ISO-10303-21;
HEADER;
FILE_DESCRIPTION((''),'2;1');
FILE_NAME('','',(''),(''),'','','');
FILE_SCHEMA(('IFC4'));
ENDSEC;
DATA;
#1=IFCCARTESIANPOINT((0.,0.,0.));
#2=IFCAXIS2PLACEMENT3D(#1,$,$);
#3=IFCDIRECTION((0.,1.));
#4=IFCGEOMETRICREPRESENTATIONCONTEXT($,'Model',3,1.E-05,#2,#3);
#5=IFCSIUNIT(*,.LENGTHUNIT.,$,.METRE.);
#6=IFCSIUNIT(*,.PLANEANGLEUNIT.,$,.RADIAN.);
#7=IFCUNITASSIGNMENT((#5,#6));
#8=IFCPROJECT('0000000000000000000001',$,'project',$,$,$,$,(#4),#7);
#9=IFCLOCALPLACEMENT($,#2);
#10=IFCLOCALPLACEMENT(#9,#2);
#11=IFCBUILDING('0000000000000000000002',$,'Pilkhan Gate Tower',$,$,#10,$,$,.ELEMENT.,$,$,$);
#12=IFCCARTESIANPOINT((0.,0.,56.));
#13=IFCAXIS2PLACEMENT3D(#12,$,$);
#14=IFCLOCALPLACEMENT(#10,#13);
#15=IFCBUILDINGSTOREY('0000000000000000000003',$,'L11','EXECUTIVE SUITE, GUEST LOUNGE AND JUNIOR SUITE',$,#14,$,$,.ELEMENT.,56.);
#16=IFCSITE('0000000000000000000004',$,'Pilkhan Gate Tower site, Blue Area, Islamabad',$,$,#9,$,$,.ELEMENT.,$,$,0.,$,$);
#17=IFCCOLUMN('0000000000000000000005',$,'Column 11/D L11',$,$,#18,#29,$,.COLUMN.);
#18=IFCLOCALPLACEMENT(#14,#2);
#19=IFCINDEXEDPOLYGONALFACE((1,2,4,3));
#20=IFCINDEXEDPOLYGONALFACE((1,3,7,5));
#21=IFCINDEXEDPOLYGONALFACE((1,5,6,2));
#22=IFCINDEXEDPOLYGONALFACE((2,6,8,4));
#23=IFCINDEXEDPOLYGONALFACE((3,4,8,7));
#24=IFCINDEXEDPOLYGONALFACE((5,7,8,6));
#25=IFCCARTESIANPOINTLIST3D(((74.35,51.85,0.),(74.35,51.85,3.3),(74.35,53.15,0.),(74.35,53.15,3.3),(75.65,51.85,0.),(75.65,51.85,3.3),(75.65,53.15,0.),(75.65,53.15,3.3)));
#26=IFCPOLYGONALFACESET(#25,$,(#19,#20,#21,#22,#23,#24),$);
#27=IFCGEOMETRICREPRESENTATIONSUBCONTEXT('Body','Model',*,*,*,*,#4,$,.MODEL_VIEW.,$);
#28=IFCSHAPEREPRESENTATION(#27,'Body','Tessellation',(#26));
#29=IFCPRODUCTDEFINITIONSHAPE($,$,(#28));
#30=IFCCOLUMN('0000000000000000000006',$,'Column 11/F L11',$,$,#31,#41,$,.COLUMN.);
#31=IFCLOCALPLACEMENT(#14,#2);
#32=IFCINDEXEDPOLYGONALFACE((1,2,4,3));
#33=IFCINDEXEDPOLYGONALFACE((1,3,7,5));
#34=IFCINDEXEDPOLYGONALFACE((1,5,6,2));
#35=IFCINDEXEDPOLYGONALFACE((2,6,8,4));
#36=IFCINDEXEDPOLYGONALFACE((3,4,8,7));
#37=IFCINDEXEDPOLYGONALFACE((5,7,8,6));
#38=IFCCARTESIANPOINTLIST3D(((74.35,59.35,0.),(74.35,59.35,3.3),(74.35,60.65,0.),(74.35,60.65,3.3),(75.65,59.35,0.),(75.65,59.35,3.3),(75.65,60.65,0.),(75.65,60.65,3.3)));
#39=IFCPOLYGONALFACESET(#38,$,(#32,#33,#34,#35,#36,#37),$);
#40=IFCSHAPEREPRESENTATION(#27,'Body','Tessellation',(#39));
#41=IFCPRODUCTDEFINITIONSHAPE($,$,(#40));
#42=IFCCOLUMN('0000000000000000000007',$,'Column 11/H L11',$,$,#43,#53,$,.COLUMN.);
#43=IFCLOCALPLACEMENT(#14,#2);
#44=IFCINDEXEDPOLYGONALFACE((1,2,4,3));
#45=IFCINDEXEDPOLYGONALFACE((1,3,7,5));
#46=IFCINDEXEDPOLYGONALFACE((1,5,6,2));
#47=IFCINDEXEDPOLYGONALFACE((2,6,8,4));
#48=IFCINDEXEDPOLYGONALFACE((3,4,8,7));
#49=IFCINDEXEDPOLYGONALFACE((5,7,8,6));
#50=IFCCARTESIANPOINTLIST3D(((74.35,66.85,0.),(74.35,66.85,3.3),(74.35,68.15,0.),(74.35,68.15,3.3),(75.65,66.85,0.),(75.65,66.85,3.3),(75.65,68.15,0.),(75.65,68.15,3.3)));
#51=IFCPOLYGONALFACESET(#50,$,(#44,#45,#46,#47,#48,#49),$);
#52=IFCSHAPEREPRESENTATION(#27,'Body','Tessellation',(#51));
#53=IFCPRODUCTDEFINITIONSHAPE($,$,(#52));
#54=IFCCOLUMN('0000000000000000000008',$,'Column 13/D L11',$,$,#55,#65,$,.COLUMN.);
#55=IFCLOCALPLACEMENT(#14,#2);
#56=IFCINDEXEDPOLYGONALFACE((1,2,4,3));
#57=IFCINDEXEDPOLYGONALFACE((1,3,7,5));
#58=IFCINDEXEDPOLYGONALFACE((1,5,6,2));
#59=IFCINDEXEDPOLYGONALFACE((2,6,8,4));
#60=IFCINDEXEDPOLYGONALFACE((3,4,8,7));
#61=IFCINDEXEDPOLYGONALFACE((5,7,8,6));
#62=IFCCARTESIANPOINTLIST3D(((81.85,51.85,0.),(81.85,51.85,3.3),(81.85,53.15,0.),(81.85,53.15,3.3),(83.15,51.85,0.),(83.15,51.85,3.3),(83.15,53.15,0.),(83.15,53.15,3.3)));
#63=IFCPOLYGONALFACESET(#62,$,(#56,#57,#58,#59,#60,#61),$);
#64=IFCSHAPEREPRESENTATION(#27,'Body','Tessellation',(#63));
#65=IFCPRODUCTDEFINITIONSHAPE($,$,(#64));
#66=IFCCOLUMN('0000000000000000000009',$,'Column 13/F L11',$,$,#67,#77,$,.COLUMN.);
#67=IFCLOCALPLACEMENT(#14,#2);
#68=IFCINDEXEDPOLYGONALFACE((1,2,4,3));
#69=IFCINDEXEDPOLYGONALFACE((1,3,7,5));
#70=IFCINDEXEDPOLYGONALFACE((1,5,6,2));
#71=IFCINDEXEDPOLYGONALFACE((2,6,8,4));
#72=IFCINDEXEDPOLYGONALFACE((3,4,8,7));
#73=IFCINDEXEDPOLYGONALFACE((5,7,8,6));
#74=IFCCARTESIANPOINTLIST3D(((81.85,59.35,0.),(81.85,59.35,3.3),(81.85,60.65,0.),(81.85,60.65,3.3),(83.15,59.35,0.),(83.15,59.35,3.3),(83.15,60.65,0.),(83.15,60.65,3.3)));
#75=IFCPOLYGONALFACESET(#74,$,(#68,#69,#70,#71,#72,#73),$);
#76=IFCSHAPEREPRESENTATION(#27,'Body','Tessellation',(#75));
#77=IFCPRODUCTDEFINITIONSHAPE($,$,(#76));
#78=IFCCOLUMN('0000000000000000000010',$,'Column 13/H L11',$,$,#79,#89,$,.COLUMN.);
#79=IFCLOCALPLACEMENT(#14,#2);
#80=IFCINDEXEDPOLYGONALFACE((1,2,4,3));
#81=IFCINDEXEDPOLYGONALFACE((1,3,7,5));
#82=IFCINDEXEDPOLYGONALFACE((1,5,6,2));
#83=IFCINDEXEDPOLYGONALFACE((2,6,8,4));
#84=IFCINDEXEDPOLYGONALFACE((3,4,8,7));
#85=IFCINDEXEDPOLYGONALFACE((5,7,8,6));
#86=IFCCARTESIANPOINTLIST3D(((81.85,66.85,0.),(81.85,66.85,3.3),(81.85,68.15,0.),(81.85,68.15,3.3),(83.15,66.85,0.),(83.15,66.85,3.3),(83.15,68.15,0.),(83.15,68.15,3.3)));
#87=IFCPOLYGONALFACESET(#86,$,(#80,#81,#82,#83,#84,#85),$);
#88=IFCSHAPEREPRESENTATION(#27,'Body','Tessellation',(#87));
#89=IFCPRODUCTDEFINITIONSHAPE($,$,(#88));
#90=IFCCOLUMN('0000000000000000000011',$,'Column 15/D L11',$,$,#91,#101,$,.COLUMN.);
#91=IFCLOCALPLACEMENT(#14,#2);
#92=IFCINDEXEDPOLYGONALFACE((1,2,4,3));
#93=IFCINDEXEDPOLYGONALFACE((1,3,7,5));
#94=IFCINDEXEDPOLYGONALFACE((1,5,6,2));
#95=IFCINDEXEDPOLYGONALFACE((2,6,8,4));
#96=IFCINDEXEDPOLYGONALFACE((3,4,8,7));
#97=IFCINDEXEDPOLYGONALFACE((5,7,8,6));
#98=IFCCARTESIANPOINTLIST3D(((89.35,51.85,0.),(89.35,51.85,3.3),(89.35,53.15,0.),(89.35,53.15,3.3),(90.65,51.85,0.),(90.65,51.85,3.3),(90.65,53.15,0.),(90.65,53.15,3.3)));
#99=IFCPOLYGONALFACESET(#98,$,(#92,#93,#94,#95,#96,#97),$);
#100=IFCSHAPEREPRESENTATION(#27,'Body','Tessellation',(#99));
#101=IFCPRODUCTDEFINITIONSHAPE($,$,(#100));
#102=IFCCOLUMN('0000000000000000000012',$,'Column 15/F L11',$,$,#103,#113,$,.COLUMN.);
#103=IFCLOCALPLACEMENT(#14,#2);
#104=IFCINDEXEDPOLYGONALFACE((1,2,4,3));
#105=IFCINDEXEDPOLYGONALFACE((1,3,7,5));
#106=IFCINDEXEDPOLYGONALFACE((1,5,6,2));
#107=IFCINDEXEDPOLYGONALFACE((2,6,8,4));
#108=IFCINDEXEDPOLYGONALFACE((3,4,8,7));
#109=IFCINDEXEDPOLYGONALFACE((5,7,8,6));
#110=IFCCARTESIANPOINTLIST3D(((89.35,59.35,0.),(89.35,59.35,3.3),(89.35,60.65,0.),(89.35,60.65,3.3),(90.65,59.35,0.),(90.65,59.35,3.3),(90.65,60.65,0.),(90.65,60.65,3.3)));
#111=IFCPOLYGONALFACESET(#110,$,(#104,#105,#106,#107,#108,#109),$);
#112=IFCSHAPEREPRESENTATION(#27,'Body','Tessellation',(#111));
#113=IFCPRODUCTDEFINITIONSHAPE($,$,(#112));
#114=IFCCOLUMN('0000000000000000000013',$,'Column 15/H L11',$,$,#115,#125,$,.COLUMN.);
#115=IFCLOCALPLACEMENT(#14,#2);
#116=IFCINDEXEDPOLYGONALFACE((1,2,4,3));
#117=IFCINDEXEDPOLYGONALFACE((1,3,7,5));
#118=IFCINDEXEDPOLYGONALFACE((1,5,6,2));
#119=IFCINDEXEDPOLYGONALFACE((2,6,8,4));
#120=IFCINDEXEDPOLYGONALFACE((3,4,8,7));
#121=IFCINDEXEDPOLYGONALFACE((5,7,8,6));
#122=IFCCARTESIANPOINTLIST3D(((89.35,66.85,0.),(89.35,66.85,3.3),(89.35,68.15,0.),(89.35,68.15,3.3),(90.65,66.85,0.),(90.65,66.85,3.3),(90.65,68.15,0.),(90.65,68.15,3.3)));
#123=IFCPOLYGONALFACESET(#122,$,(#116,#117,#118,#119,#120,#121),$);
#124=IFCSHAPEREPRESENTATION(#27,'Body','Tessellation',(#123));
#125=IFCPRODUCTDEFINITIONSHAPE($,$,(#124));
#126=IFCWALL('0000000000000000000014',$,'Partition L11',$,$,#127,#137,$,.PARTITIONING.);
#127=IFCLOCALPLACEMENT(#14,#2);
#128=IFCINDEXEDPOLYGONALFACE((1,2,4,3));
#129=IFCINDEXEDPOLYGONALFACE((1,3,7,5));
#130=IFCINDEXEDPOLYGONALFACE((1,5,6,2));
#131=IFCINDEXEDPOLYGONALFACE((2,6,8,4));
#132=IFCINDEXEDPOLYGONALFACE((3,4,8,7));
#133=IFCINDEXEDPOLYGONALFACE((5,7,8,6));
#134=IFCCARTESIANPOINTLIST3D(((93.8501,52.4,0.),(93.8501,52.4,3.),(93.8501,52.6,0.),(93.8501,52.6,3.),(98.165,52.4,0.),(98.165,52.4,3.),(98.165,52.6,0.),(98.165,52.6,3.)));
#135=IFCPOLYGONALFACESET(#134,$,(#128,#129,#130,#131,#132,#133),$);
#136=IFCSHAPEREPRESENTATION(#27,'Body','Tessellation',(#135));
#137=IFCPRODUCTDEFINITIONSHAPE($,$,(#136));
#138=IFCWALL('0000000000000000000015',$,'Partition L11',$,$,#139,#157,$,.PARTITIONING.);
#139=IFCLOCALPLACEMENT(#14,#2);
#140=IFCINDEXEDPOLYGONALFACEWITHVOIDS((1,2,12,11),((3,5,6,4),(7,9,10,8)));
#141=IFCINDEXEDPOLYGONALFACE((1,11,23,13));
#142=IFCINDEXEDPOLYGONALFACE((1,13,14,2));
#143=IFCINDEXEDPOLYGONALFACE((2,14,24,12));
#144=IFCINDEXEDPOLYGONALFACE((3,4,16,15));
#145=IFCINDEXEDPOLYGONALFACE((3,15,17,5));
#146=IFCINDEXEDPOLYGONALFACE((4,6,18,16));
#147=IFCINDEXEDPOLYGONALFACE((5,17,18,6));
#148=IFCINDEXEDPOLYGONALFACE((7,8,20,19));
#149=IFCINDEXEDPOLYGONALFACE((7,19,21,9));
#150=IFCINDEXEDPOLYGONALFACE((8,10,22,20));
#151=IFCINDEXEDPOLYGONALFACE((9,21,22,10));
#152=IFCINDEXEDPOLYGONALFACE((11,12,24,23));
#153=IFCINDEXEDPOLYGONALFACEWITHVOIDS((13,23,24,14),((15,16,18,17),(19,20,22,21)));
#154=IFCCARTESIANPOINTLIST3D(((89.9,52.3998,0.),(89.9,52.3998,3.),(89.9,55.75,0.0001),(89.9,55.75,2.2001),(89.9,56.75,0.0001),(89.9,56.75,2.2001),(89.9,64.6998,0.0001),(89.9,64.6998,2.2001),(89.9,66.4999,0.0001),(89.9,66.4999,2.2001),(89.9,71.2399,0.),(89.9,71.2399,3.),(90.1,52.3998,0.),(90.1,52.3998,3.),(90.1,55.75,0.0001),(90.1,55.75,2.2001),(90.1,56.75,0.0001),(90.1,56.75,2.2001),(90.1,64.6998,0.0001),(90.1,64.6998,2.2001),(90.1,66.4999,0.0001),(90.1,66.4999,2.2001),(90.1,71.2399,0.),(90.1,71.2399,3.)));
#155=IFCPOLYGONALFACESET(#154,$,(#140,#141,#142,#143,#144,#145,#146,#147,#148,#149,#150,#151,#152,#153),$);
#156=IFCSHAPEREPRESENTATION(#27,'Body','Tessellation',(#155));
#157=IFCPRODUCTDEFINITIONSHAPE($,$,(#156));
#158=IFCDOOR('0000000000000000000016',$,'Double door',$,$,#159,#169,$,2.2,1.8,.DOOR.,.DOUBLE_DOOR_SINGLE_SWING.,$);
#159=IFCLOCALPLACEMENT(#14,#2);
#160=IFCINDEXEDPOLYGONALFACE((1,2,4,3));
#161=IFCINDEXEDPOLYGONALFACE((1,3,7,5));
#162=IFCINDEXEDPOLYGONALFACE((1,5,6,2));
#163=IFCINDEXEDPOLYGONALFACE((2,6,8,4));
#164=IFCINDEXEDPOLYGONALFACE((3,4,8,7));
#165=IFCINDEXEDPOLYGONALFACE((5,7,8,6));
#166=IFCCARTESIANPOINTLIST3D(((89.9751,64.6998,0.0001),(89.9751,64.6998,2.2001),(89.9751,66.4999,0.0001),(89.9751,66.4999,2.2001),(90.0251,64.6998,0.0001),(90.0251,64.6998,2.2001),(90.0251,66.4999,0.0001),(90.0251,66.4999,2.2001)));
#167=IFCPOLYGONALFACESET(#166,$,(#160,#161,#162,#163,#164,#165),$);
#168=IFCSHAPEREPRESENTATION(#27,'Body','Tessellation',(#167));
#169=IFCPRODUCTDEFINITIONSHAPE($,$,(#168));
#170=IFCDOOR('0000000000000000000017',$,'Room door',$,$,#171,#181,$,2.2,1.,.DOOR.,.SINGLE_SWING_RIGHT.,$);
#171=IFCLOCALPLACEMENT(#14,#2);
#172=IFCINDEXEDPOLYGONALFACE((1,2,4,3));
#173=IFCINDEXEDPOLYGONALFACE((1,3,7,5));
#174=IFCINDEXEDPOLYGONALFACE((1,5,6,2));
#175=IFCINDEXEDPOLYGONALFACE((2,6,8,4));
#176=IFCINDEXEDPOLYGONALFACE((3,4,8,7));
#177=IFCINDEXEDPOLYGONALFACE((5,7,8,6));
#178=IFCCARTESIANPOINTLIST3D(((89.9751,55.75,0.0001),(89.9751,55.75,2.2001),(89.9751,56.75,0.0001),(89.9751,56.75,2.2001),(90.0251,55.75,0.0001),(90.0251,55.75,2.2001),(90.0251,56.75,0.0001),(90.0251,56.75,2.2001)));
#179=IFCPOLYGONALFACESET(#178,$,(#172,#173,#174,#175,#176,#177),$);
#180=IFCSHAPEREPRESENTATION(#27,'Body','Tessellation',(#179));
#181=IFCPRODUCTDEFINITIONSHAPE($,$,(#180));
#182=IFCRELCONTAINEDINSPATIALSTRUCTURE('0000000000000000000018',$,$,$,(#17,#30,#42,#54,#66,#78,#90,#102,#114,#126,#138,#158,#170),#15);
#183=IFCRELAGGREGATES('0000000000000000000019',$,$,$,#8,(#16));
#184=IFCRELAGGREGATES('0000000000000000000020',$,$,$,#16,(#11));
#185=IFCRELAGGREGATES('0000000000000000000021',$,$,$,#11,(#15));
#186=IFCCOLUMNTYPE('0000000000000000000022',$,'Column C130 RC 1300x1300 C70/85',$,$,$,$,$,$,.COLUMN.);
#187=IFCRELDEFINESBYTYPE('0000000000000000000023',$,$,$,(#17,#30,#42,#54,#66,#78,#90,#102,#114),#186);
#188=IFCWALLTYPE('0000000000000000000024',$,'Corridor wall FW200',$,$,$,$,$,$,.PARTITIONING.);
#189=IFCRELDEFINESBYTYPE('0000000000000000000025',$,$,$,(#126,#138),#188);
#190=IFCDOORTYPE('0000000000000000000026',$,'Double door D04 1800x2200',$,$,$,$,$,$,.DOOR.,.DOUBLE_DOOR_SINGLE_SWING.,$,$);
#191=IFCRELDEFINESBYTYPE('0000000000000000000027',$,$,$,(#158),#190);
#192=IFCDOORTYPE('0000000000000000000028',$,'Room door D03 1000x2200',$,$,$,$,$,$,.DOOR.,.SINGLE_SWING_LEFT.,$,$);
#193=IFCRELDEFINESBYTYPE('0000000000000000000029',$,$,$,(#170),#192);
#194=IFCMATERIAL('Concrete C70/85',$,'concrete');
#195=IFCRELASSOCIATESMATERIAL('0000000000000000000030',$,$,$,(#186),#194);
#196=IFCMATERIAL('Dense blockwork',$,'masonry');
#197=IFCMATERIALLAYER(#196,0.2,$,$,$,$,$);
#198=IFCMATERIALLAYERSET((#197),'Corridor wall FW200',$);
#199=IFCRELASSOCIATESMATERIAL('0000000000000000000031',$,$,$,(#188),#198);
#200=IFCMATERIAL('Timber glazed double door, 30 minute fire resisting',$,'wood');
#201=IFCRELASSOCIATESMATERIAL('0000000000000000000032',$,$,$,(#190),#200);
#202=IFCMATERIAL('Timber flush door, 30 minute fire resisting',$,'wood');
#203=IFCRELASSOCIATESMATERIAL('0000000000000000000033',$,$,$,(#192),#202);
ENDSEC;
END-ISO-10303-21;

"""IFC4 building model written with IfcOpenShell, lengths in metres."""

from ifc_helpers import new_model, si_unit, direction, frame, frame_2d, origin, origin_2d, place, context, subcontext, project, spatial, rectangle, extrude, material, layer, layer_set, material_profile, profile_set, type_object, element, fill, save


model = new_model("IFC4")

# Units and contexts
model_context = context("Model", 3, precision=1e-05, world=origin(), true_north=direction((0.0, 1.0)))
body_context = subcontext(model_context, "Body", "Model", "MODEL_VIEW")
ifc_project = project(units=[si_unit("LENGTHUNIT", "METRE"), si_unit("PLANEANGLEUNIT", "RADIAN")], contexts=[model_context])

# Site, building, storey
site_placement = place(None, origin())
site = spatial("IfcSite", under=ifc_project, at=site_placement, Name="Pilkhan Gate Tower site, Blue Area, Islamabad", CompositionType="ELEMENT", RefElevation=0.0)
building_placement = place(site_placement, origin())
building = spatial("IfcBuilding", under=site, at=building_placement, Name="Pilkhan Gate Tower", CompositionType="ELEMENT")
storey_placement = place(building_placement, frame((0.0, 0.0, 56.0)))
storey = spatial("IfcBuildingStorey", under=building, at=storey_placement, Name="L11", Description="EXECUTIVE SUITE, GUEST LOUNGE AND JUNIOR SUITE", CompositionType="ELEMENT", Elevation=56.0)

# Columns
ifc_material_1 = material(Name="Concrete C70/85", Category="concrete")
ifc_material_profile = material_profile(ifc_material_1, rectangle(XDim=1.3, YDim=1.3, at=origin_2d()), Name="RC 1300x1300")
ifc_profile_set = profile_set([ifc_material_profile], Name="Concrete C70/85")
column_type = type_object("IfcColumnType", Name="Column C130 RC 1300x1300 C70/85", PredefinedType="COLUMN", material=ifc_profile_set)
for number, where, z_axis, x_axis, name in (
    (1, (75.0, 52.5, 0.0), (0.0, 0.0, 1.0), (1.0, 0.0, 0.0), "Column 11/D L11"),
    (2, (75.0, 60.0, 0.0), (0.0, 0.0, 1.0), (1.0, 0.0, 0.0), "Column 11/F L11"),
    (3, (75.0, 67.5, 0.0), (0.0, 0.0, 1.0), (1.0, 0.0, 0.0), "Column 11/H L11"),
    (4, (82.5, 52.5, 0.0), (0.0, 0.0, 1.0), (1.0, 0.0, 0.0), "Column 13/D L11"),
    (5, (82.5, 60.0, 0.0), (0.0, 0.0, 1.0), (1.0, 0.0, 0.0), "Column 13/F L11"),
    (6, (82.5, 67.5, 0.0), (0.0, 0.0, 1.0), (1.0, 0.0, 0.0), "Column 13/H L11"),
    (7, (90.0, 52.5, 0.0), (0.0, 0.0, 1.0), (1.0, 0.0, 0.0), "Column 15/D L11"),
    (8, (90.0, 60.0, 0.0), (0.0, 0.0, 1.0), (1.0, 0.0, 0.0), "Column 15/F L11"),
    (9, (90.0, 67.5, 0.0), (0.0, 0.0, 1.0), (1.0, 0.0, 0.0), "Column 15/H L11"),
):
    element("IfcColumn", number, at=place(storey_placement, frame(where, z_axis=z_axis, x_axis=x_axis)), inside=storey, type_object=column_type, Name=name, PredefinedType="COLUMN", context=body_context, shape_type="SweptSolid", body=[
        extrude(rectangle(XDim=1.3, YDim=1.3, at=origin_2d()), origin(), (0.0, 0.0, 1.0), 3.3),
    ])

# Wall
ifc_material_2 = material(Name="Dense blockwork", Category="masonry")
ifc_layer_1 = layer(ifc_material_2, 0.2)
ifc_layer_set_1 = layer_set([ifc_layer_1], Name="Corridor wall FW200")
wall_type_1 = type_object("IfcWallType", Name="Corridor wall FW200", PredefinedType="PARTITIONING", material=ifc_layer_set_1)
wall_1_placement = place(storey_placement, frame((93.8501, 52.5, 0.0), z_axis=(0.0, 0.0, 1.0), x_axis=(1.0, 0.0, 0.0)))
element("IfcWall", 10, at=wall_1_placement, inside=storey, type_object=wall_type_1, Name="Partition L11", PredefinedType="PARTITIONING", context=body_context, shape_type="SweptSolid", body=[
    extrude(rectangle(XDim=4.3149, YDim=0.2, at=frame_2d((2.1575, 0.0))), origin(), (0.0, 0.0, 1.0), 3.0),
])

# Wall, openings, doors
wall_2_placement = place(storey_placement, frame((90.0, 52.3999, 0.0), z_axis=(0.0, 0.0, 1.0), x_axis=(0.0, 1.0, 0.0)))
wall_2 = element("IfcWall", 11, at=wall_2_placement, inside=storey, type_object=wall_type_1, Name="Partition L11", PredefinedType="PARTITIONING", context=body_context, shape_type="SweptSolid", body=[
    extrude(rectangle(XDim=18.8401, YDim=0.2, at=frame_2d((9.4199, 0.0))), origin(), (0.0, 0.0, 1.0), 3.0),
])
opening_1_placement = place(wall_2_placement, frame((3.3501, 0.0, 0.0)))
opening_1 = element("IfcOpeningElement", 12, at=opening_1_placement, cuts=wall_2, PredefinedType="OPENING", context=body_context, shape_type="SweptSolid", body=[
    extrude(rectangle(XDim=1.0, YDim=2.2, at=frame_2d((0.5, 1.1001))), frame((0.0, 0.1099, 0.0), z_axis=(0.0, -1.0, 0.0), x_axis=(1.0, 0.0, 0.0)), (0.0, 0.0, 1.0), 0.22),
])
opening_2_placement = place(wall_2_placement, frame((12.3, 0.0, 0.0)))
opening_2 = element("IfcOpeningElement", 13, at=opening_2_placement, cuts=wall_2, PredefinedType="OPENING", context=body_context, shape_type="SweptSolid", body=[
    extrude(rectangle(XDim=1.8, YDim=2.2, at=frame_2d((0.8999, 1.1001))), frame((0.0, 0.1099, 0.0), z_axis=(0.0, -1.0, 0.0), x_axis=(1.0, 0.0, 0.0)), (0.0, 0.0, 1.0), 0.22),
])
ifc_material_3 = material(Name="Timber glazed double door, 30 minute fire resisting", Category="wood")
door_type_1 = type_object("IfcDoorType", Name="Double door D04 1800x2200", OperationType="DOUBLE_DOOR_SINGLE_SWING", PredefinedType="DOOR", material=ifc_material_3)
door_1_placement = place(opening_2_placement, origin())
door_1 = element("IfcDoor", 14, at=door_1_placement, inside=storey, type_object=door_type_1, Name="Double door", OperationType="DOUBLE_DOOR_SINGLE_SWING", OverallHeight=2.2, OverallWidth=1.8, PredefinedType="DOOR", context=body_context, shape_type="SweptSolid", body=[
    extrude(rectangle(XDim=1.8, YDim=2.2, at=frame_2d((0.8999, 1.1001))), frame((0.0, 0.0249, 0.0), z_axis=(0.0, -1.0, 0.0), x_axis=(1.0, 0.0, 0.0)), (0.0, 0.0, 1.0), 0.05),
])
fill(opening_2, door_1)
ifc_material_4 = material(Name="Timber flush door, 30 minute fire resisting", Category="wood")
door_type_2 = type_object("IfcDoorType", Name="Room door D03 1000x2200", OperationType="SINGLE_SWING_LEFT", PredefinedType="DOOR", material=ifc_material_4)
door_2_placement = place(opening_1_placement, origin())
door_2 = element("IfcDoor", 15, at=door_2_placement, inside=storey, type_object=door_type_2, Name="Room door", OperationType="SINGLE_SWING_RIGHT", OverallHeight=2.2, OverallWidth=1.0, PredefinedType="DOOR", context=body_context, shape_type="SweptSolid", body=[
    extrude(rectangle(XDim=1.0, YDim=2.2, at=frame_2d((0.5, 1.1001))), frame((0.0, 0.0249, 0.0), z_axis=(0.0, -1.0, 0.0), x_axis=(1.0, 0.0, 0.0)), (0.0, 0.0, 1.0), 0.05),
])
fill(opening_1, door_2)

save(model, "model.ifc")
